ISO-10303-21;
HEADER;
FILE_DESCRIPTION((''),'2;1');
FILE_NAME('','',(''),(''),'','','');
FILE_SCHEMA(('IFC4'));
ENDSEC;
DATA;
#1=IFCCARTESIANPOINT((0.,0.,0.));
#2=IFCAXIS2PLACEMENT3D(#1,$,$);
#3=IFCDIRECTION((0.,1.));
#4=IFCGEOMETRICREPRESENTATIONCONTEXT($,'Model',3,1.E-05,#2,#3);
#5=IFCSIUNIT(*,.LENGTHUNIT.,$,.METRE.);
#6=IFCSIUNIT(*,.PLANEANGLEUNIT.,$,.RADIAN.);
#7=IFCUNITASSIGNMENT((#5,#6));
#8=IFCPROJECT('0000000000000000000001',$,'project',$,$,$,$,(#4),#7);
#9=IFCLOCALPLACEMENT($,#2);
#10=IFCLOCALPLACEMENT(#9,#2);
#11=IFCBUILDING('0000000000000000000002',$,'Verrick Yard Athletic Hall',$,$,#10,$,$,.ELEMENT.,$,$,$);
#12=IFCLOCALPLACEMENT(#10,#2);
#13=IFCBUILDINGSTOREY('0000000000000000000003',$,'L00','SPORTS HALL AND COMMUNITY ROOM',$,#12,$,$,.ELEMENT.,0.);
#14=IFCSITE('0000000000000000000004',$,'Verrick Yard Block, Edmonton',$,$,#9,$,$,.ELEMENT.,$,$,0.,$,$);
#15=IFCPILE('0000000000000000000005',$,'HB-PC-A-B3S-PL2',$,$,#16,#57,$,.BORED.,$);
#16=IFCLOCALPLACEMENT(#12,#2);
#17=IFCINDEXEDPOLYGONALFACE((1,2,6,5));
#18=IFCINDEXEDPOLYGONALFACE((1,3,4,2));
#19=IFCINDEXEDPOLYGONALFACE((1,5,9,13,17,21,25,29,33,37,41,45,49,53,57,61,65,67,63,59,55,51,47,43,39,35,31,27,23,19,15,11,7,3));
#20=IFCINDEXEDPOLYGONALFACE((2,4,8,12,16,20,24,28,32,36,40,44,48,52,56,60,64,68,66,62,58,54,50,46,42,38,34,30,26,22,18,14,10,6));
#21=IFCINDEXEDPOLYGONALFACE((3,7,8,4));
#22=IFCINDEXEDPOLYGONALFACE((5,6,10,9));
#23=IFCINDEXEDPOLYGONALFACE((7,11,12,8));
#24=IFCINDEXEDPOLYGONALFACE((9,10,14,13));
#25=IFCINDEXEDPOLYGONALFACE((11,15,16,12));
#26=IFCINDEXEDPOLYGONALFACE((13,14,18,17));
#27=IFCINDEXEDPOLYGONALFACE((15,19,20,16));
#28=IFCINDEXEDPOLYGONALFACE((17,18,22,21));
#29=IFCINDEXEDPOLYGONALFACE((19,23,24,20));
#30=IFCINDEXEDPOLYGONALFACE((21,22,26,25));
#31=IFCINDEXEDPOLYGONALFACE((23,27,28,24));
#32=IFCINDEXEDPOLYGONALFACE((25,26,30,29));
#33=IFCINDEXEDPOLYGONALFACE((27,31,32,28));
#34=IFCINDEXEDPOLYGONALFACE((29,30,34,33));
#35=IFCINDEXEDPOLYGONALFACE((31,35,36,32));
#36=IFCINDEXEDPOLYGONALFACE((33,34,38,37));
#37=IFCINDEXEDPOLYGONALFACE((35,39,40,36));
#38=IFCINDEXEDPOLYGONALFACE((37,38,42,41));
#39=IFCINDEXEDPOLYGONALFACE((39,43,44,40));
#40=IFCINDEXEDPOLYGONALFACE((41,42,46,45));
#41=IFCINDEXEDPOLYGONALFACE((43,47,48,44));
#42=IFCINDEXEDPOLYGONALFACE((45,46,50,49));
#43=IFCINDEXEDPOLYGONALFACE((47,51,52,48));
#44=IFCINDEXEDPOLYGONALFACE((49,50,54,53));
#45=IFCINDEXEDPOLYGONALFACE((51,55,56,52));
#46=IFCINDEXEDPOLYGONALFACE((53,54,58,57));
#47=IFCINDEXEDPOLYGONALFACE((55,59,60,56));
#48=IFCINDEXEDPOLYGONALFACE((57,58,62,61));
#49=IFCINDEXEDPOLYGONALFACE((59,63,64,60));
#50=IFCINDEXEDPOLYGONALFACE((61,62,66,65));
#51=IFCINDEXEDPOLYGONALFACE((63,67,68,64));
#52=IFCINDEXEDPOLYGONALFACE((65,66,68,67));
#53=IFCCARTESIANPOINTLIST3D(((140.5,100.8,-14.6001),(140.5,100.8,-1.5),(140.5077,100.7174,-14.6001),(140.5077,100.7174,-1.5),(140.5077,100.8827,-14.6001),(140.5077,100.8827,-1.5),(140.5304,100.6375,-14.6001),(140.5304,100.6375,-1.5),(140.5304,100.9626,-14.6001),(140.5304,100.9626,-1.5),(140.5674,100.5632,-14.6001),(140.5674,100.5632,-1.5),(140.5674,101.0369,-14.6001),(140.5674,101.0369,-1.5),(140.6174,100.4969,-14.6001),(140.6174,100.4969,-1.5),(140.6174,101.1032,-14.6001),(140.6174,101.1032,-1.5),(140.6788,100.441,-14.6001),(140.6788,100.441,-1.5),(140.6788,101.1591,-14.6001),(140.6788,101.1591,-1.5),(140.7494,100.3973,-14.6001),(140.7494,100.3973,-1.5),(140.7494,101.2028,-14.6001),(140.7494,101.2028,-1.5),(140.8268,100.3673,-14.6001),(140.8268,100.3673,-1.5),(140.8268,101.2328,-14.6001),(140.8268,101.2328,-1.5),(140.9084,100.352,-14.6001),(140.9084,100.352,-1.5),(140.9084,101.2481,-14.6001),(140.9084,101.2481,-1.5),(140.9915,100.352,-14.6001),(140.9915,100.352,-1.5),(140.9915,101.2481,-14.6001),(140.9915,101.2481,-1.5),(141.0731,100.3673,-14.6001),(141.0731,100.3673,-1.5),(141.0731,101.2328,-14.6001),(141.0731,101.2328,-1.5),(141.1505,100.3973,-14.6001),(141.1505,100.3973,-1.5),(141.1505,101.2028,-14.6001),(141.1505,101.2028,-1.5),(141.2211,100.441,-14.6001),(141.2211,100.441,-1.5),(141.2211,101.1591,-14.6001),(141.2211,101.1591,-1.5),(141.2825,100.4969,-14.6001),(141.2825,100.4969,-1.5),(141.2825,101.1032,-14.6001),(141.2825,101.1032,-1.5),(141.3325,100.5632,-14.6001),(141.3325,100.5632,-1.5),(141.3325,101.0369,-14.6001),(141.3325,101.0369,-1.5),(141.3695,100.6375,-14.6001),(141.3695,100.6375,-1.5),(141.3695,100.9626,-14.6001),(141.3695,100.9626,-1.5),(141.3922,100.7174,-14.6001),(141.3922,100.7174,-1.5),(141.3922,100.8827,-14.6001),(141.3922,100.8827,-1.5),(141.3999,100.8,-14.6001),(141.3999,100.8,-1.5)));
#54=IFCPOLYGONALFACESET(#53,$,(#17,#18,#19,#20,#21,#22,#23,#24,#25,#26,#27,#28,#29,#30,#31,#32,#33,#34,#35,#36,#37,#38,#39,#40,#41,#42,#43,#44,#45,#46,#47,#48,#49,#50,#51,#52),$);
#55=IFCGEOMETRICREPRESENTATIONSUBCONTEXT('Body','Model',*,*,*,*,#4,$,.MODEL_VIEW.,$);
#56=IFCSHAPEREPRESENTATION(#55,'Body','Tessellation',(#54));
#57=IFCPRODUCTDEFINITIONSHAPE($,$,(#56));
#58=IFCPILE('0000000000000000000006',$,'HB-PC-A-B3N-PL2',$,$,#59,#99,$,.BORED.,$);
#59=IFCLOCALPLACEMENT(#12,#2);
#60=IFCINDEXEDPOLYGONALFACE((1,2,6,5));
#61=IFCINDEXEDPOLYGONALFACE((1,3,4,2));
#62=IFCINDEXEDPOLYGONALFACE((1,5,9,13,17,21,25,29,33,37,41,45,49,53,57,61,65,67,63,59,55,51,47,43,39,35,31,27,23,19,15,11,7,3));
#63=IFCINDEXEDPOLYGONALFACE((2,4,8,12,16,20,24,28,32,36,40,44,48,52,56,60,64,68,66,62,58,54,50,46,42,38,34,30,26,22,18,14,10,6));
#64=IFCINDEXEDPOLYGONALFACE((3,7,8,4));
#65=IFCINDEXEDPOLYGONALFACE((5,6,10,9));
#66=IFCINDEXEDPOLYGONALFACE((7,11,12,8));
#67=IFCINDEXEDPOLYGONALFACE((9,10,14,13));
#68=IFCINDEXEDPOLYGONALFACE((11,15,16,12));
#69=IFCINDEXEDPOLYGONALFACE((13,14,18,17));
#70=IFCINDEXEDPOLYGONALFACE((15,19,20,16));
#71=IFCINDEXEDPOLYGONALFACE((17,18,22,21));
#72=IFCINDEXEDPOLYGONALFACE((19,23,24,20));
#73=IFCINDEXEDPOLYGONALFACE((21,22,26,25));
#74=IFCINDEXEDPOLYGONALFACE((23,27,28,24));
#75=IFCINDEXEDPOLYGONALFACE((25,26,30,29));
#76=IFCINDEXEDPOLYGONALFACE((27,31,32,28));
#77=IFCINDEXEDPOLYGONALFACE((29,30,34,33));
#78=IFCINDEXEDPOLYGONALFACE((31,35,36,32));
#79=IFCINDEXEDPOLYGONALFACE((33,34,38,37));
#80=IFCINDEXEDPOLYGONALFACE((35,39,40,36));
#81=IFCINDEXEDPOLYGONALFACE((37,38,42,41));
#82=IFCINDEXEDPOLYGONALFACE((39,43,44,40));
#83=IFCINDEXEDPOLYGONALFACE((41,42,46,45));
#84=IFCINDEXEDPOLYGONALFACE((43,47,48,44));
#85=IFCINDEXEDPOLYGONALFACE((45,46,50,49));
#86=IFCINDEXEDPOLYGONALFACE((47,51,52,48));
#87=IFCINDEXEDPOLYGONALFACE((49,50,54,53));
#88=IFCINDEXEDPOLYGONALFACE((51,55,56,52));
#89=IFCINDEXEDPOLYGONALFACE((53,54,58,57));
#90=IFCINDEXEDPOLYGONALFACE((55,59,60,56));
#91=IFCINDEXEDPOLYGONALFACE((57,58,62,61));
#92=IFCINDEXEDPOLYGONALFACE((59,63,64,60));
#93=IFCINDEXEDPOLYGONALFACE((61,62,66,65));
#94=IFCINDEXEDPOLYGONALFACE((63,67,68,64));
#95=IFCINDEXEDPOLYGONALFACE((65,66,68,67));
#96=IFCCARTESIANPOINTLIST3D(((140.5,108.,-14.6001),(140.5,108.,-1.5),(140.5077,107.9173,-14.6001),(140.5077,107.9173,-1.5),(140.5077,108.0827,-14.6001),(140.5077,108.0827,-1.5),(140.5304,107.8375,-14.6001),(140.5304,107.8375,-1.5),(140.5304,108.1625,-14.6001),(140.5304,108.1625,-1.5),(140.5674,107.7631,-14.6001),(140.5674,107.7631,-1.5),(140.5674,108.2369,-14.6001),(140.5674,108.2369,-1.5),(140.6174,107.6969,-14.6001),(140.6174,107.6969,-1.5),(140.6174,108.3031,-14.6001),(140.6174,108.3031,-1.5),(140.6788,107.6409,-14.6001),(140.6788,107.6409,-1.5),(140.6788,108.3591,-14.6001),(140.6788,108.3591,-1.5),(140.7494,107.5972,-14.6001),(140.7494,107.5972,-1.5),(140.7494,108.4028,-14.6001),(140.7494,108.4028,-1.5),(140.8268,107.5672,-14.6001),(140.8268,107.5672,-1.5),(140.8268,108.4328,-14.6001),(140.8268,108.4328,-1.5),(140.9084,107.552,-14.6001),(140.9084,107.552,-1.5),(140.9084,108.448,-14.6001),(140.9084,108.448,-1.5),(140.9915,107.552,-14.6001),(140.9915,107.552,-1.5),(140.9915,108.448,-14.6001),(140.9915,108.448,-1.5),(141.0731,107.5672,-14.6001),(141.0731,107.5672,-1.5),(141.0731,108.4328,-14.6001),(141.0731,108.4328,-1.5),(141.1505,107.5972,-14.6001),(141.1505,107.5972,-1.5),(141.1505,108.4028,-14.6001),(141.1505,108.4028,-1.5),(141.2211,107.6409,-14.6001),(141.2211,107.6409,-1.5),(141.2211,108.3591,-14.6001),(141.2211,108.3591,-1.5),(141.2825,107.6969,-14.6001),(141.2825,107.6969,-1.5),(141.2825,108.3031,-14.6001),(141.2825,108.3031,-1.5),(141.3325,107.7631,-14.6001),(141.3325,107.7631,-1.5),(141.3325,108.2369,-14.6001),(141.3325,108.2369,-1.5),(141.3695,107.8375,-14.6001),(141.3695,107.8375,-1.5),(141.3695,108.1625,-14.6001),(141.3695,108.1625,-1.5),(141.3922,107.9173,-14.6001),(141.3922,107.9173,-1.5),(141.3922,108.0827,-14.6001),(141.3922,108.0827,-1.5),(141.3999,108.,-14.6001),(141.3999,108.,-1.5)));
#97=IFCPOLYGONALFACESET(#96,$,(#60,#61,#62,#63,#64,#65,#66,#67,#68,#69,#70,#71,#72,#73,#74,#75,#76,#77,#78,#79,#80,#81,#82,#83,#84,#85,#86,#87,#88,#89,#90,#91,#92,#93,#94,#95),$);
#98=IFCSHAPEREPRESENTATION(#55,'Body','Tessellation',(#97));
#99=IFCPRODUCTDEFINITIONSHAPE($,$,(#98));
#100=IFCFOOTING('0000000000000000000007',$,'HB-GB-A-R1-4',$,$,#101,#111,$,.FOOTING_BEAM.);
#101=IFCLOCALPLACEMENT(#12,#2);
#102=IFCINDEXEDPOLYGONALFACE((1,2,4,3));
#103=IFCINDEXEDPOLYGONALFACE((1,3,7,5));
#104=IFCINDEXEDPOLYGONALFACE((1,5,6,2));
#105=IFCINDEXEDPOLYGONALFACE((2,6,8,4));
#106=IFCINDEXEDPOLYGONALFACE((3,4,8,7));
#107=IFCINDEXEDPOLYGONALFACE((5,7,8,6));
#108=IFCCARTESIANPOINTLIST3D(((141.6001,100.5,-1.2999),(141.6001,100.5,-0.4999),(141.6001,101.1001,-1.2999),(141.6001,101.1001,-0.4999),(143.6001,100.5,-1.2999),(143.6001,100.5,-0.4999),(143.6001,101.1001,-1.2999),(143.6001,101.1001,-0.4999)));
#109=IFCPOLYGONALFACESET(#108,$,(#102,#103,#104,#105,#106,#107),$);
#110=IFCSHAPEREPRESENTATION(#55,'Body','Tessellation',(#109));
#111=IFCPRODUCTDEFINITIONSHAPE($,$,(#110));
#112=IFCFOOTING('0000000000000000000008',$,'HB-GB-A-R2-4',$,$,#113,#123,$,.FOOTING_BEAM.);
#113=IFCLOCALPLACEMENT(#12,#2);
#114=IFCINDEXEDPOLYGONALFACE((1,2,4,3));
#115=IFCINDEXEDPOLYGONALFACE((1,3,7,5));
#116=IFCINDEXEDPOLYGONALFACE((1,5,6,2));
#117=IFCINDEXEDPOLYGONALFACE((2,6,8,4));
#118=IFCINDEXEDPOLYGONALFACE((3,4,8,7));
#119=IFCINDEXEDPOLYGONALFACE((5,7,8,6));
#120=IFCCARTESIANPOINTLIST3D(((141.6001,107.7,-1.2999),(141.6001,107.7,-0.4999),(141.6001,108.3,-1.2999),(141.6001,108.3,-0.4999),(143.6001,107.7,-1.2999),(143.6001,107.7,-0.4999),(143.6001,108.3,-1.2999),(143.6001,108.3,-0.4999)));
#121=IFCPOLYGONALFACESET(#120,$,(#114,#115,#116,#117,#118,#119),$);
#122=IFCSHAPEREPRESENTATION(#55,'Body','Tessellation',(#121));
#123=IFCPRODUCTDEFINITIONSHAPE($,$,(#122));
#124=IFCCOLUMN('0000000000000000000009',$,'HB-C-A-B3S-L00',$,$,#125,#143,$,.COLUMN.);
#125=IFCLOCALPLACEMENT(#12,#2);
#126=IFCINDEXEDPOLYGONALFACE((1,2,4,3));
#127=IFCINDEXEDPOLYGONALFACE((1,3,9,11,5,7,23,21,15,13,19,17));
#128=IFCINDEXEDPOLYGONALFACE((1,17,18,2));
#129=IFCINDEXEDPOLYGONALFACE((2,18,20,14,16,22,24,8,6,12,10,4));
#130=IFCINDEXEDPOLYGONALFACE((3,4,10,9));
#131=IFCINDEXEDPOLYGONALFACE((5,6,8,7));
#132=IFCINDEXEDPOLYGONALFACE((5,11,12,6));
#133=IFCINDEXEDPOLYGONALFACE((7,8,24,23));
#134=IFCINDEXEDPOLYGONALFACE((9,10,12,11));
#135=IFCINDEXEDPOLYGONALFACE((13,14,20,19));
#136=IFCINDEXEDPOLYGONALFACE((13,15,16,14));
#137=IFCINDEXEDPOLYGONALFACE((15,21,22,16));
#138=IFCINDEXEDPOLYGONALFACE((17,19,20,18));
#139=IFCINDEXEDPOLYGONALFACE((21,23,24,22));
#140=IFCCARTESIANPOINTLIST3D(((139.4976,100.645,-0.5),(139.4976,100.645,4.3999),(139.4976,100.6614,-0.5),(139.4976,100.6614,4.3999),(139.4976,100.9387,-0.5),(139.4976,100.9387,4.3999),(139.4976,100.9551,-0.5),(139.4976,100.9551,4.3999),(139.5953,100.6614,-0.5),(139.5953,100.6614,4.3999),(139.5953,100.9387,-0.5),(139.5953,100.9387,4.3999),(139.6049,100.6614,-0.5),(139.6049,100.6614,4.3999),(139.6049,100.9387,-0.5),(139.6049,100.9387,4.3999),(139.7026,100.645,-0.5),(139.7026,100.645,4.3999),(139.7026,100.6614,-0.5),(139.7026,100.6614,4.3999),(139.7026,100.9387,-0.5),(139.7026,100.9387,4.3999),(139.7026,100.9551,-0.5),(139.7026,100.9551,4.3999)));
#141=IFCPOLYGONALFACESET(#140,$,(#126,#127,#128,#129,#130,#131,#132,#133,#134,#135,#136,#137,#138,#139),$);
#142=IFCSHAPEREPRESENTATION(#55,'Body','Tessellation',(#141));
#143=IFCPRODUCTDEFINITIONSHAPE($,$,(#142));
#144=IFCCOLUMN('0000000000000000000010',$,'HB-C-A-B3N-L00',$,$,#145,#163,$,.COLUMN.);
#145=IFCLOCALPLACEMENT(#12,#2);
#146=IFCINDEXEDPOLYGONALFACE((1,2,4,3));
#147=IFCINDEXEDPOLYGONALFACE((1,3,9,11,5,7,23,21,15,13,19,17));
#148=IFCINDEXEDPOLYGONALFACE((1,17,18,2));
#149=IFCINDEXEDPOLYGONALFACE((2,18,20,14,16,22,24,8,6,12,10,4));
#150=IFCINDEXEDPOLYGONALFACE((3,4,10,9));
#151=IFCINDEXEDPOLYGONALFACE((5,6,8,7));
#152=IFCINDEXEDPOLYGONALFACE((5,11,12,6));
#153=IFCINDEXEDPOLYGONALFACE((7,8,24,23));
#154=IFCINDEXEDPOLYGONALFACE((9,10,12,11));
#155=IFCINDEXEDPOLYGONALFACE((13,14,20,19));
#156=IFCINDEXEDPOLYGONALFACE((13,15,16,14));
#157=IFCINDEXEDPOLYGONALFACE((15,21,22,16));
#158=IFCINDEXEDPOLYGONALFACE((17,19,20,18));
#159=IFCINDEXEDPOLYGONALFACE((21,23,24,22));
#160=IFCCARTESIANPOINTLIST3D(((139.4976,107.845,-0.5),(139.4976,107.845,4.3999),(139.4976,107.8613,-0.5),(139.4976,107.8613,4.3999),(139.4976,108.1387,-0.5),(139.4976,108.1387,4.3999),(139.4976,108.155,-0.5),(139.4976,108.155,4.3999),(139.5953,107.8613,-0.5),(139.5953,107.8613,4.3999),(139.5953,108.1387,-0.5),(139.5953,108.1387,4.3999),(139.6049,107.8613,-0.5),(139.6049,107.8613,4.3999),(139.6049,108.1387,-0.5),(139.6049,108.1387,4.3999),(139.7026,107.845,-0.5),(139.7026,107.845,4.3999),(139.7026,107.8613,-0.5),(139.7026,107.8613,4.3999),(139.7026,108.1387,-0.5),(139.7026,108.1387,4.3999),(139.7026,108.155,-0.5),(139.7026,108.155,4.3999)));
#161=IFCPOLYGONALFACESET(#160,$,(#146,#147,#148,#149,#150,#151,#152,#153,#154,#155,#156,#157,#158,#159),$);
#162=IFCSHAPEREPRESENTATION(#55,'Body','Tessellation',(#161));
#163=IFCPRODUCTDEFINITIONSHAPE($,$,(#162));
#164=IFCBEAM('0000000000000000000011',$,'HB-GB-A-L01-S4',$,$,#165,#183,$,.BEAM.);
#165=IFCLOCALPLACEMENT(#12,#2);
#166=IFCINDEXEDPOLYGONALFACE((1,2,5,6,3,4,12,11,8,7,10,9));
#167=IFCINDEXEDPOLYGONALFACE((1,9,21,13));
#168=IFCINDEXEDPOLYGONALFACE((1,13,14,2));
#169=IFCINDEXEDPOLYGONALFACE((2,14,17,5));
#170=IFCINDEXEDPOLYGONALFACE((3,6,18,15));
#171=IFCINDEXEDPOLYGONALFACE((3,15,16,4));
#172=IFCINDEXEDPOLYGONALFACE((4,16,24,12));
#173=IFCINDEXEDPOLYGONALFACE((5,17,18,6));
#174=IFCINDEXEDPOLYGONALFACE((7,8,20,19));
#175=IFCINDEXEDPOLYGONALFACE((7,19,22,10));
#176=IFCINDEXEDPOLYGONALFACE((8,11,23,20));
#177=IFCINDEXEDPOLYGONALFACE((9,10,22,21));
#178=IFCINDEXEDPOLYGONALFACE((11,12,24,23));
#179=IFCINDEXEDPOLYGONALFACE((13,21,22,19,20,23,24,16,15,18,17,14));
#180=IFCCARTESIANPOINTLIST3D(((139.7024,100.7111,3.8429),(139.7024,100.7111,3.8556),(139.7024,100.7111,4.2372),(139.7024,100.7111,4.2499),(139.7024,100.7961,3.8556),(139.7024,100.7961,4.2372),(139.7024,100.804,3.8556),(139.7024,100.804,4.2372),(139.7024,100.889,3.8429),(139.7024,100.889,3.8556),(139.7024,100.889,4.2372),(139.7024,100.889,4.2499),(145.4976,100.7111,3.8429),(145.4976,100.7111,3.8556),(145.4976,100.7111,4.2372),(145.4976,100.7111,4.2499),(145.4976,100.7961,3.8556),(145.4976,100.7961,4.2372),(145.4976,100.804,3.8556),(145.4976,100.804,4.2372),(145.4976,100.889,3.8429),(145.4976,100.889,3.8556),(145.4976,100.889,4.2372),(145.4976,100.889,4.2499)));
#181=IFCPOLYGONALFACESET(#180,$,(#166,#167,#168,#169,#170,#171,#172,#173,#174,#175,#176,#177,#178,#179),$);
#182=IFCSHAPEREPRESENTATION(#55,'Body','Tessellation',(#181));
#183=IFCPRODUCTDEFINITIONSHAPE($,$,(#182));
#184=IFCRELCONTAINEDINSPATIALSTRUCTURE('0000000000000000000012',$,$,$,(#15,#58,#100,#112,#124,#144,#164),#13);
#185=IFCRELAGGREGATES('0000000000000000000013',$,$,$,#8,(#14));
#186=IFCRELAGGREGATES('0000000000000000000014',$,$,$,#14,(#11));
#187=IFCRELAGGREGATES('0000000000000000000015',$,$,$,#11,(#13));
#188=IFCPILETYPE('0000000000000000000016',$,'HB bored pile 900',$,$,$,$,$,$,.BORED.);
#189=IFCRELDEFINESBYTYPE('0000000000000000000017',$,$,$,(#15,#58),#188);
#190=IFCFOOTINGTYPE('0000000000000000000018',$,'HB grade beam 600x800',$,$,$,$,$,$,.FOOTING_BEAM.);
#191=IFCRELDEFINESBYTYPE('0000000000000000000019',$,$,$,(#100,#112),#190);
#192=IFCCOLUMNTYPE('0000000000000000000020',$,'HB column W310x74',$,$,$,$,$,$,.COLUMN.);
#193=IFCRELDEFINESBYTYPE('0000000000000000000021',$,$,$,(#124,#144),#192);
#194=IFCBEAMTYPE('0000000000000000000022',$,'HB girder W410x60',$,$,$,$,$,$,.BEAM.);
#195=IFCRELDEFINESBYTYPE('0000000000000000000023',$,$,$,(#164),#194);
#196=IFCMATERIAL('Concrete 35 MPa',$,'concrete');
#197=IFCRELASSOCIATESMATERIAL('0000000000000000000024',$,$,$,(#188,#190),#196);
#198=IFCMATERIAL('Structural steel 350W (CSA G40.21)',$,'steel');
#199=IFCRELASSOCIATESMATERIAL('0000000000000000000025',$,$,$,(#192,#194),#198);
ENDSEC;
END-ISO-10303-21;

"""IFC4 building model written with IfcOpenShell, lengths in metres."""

from ifc_helpers import new_model, si_unit, direction, frame, origin, origin_2d, place, context, subcontext, project, spatial, rectangle, circle, i_section, extrude, material, material_profile, profile_set, type_object, element, save


model = new_model("IFC4")

# Units and contexts
model_context = context("Model", 3, precision=1e-05, world=origin(), true_north=direction((0.0, 1.0)))
body_context = subcontext(model_context, "Body", "Model", "MODEL_VIEW")
ifc_project = project(units=[si_unit("LENGTHUNIT", "METRE"), si_unit("PLANEANGLEUNIT", "RADIAN")], contexts=[model_context])

# Site, building, storey
site_placement = place(None, origin())
site = spatial("IfcSite", under=ifc_project, at=site_placement, Name="Verrick Yard Block, Edmonton", CompositionType="ELEMENT", RefElevation=0.0)
building_placement = place(site_placement, origin())
building = spatial("IfcBuilding", under=site, at=building_placement, Name="Verrick Yard Athletic Hall", CompositionType="ELEMENT")
storey_placement = place(building_placement, origin())
storey = spatial("IfcBuildingStorey", under=building, at=storey_placement, Name="L00", Description="SPORTS HALL AND COMMUNITY ROOM", CompositionType="ELEMENT", Elevation=0.0)

# Piles
ifc_material_1 = material(Name="Concrete 35 MPa", Category="concrete")
ifc_material_profile_1 = material_profile(ifc_material_1, circle(Radius=0.45, at=origin_2d()), Name="Bored pile 900")
ifc_profile_set_1 = profile_set([ifc_material_profile_1], Name="Concrete 35 MPa")
pile_type = type_object("IfcPileType", Name="HB bored pile 900", PredefinedType="BORED", material=ifc_profile_set_1)
for number, where, z_axis, x_axis, name in (
    (1, (140.95, 100.8, -1.5), (0.0, 0.0, -1.0), (1.0, 0.0, 0.0), "HB-PC-A-B3S-PL2"),
    (2, (140.95, 108.0, -1.5), (0.0, 0.0, -1.0), (1.0, 0.0, 0.0), "HB-PC-A-B3N-PL2"),
):
    element("IfcPile", number, at=place(storey_placement, frame(where, z_axis=z_axis, x_axis=x_axis)), inside=storey, type_object=pile_type, Name=name, PredefinedType="BORED", context=body_context, shape_type="SweptSolid", body=[
        extrude(circle(Radius=0.45, at=origin_2d()), origin(), (0.0, 0.0, 1.0), 13.1001),
    ])

# Footings
ifc_material_profile_2 = material_profile(ifc_material_1, rectangle(XDim=0.6001, YDim=0.8, at=origin_2d()), Name="Grade beam 600x800")
ifc_profile_set_2 = profile_set([ifc_material_profile_2], Name="Concrete 35 MPa")
footing_type = type_object("IfcFootingType", Name="HB grade beam 600x800", PredefinedType="FOOTING_BEAM", material=ifc_profile_set_2)
for number, where, z_axis, x_axis, name in (
    (3, (141.6001, 100.8, -0.8999), (1.0, 0.0, 0.0), (0.0, 1.0, 0.0), "HB-GB-A-R1-4"),
    (4, (141.6001, 108.0, -0.8999), (1.0, 0.0, 0.0), (0.0, 1.0, 0.0), "HB-GB-A-R2-4"),
):
    element("IfcFooting", number, at=place(storey_placement, frame(where, z_axis=z_axis, x_axis=x_axis)), inside=storey, type_object=footing_type, Name=name, PredefinedType="FOOTING_BEAM", context=body_context, shape_type="SweptSolid", body=[
        extrude(rectangle(XDim=0.6001, YDim=0.8, at=origin_2d()), origin(), (0.0, 0.0, 1.0), 2.0),
    ])

# Columns
ifc_material_2 = material(Name="Structural steel 350W (CSA G40.21)", Category="steel")
ifc_material_profile_3 = material_profile(ifc_material_2, i_section(OverallWidth=0.2051, OverallDepth=0.3101, WebThickness=0.0095, FlangeThickness=0.0164, at=origin_2d()), Name="W310x74")
ifc_profile_set_3 = profile_set([ifc_material_profile_3], Name="Structural steel 350W (CSA G40.21)")
column_type = type_object("IfcColumnType", Name="HB column W310x74", PredefinedType="COLUMN", material=ifc_profile_set_3)
for number, where, z_axis, x_axis, name in (
    (5, (139.6001, 100.8, -0.5), (0.0, 0.0, 1.0), (1.0, 0.0, 0.0), "HB-C-A-B3S-L00"),
    (6, (139.6001, 108.0, -0.5), (0.0, 0.0, 1.0), (1.0, 0.0, 0.0), "HB-C-A-B3N-L00"),
):
    element("IfcColumn", number, at=place(storey_placement, frame(where, z_axis=z_axis, x_axis=x_axis)), inside=storey, type_object=column_type, Name=name, PredefinedType="COLUMN", context=body_context, shape_type="SweptSolid", body=[
        extrude(i_section(OverallWidth=0.2051, OverallDepth=0.3101, WebThickness=0.0095, FlangeThickness=0.0164, at=origin_2d()), origin(), (0.0, 0.0, 1.0), 4.8999),
    ])

# Beam
ifc_material_profile_4 = material_profile(ifc_material_2, i_section(OverallWidth=0.178, OverallDepth=0.407, WebThickness=0.0078, FlangeThickness=0.0127, at=origin_2d()), Name="W410x60")
ifc_profile_set_4 = profile_set([ifc_material_profile_4], Name="Structural steel 350W (CSA G40.21)")
beam_type_1 = type_object("IfcBeamType", Name="HB girder W410x60", PredefinedType="BEAM", material=ifc_profile_set_4)
for number, where, z_axis, x_axis, name in (
    (7, (139.7024, 100.8, 4.0464), (1.0, 0.0, 0.0), (0.0, 1.0, 0.0), "HB-GB-A-L01-S4"),
):
    element("IfcBeam", number, at=place(storey_placement, frame(where, z_axis=z_axis, x_axis=x_axis)), inside=storey, type_object=beam_type_1, Name=name, PredefinedType="BEAM", context=body_context, shape_type="SweptSolid", body=[
        extrude(i_section(OverallWidth=0.178, OverallDepth=0.407, WebThickness=0.0078, FlangeThickness=0.0127, at=origin_2d()), origin(), (0.0, 0.0, 1.0), 5.7952),
    ])

save(model, "model.ifc")
